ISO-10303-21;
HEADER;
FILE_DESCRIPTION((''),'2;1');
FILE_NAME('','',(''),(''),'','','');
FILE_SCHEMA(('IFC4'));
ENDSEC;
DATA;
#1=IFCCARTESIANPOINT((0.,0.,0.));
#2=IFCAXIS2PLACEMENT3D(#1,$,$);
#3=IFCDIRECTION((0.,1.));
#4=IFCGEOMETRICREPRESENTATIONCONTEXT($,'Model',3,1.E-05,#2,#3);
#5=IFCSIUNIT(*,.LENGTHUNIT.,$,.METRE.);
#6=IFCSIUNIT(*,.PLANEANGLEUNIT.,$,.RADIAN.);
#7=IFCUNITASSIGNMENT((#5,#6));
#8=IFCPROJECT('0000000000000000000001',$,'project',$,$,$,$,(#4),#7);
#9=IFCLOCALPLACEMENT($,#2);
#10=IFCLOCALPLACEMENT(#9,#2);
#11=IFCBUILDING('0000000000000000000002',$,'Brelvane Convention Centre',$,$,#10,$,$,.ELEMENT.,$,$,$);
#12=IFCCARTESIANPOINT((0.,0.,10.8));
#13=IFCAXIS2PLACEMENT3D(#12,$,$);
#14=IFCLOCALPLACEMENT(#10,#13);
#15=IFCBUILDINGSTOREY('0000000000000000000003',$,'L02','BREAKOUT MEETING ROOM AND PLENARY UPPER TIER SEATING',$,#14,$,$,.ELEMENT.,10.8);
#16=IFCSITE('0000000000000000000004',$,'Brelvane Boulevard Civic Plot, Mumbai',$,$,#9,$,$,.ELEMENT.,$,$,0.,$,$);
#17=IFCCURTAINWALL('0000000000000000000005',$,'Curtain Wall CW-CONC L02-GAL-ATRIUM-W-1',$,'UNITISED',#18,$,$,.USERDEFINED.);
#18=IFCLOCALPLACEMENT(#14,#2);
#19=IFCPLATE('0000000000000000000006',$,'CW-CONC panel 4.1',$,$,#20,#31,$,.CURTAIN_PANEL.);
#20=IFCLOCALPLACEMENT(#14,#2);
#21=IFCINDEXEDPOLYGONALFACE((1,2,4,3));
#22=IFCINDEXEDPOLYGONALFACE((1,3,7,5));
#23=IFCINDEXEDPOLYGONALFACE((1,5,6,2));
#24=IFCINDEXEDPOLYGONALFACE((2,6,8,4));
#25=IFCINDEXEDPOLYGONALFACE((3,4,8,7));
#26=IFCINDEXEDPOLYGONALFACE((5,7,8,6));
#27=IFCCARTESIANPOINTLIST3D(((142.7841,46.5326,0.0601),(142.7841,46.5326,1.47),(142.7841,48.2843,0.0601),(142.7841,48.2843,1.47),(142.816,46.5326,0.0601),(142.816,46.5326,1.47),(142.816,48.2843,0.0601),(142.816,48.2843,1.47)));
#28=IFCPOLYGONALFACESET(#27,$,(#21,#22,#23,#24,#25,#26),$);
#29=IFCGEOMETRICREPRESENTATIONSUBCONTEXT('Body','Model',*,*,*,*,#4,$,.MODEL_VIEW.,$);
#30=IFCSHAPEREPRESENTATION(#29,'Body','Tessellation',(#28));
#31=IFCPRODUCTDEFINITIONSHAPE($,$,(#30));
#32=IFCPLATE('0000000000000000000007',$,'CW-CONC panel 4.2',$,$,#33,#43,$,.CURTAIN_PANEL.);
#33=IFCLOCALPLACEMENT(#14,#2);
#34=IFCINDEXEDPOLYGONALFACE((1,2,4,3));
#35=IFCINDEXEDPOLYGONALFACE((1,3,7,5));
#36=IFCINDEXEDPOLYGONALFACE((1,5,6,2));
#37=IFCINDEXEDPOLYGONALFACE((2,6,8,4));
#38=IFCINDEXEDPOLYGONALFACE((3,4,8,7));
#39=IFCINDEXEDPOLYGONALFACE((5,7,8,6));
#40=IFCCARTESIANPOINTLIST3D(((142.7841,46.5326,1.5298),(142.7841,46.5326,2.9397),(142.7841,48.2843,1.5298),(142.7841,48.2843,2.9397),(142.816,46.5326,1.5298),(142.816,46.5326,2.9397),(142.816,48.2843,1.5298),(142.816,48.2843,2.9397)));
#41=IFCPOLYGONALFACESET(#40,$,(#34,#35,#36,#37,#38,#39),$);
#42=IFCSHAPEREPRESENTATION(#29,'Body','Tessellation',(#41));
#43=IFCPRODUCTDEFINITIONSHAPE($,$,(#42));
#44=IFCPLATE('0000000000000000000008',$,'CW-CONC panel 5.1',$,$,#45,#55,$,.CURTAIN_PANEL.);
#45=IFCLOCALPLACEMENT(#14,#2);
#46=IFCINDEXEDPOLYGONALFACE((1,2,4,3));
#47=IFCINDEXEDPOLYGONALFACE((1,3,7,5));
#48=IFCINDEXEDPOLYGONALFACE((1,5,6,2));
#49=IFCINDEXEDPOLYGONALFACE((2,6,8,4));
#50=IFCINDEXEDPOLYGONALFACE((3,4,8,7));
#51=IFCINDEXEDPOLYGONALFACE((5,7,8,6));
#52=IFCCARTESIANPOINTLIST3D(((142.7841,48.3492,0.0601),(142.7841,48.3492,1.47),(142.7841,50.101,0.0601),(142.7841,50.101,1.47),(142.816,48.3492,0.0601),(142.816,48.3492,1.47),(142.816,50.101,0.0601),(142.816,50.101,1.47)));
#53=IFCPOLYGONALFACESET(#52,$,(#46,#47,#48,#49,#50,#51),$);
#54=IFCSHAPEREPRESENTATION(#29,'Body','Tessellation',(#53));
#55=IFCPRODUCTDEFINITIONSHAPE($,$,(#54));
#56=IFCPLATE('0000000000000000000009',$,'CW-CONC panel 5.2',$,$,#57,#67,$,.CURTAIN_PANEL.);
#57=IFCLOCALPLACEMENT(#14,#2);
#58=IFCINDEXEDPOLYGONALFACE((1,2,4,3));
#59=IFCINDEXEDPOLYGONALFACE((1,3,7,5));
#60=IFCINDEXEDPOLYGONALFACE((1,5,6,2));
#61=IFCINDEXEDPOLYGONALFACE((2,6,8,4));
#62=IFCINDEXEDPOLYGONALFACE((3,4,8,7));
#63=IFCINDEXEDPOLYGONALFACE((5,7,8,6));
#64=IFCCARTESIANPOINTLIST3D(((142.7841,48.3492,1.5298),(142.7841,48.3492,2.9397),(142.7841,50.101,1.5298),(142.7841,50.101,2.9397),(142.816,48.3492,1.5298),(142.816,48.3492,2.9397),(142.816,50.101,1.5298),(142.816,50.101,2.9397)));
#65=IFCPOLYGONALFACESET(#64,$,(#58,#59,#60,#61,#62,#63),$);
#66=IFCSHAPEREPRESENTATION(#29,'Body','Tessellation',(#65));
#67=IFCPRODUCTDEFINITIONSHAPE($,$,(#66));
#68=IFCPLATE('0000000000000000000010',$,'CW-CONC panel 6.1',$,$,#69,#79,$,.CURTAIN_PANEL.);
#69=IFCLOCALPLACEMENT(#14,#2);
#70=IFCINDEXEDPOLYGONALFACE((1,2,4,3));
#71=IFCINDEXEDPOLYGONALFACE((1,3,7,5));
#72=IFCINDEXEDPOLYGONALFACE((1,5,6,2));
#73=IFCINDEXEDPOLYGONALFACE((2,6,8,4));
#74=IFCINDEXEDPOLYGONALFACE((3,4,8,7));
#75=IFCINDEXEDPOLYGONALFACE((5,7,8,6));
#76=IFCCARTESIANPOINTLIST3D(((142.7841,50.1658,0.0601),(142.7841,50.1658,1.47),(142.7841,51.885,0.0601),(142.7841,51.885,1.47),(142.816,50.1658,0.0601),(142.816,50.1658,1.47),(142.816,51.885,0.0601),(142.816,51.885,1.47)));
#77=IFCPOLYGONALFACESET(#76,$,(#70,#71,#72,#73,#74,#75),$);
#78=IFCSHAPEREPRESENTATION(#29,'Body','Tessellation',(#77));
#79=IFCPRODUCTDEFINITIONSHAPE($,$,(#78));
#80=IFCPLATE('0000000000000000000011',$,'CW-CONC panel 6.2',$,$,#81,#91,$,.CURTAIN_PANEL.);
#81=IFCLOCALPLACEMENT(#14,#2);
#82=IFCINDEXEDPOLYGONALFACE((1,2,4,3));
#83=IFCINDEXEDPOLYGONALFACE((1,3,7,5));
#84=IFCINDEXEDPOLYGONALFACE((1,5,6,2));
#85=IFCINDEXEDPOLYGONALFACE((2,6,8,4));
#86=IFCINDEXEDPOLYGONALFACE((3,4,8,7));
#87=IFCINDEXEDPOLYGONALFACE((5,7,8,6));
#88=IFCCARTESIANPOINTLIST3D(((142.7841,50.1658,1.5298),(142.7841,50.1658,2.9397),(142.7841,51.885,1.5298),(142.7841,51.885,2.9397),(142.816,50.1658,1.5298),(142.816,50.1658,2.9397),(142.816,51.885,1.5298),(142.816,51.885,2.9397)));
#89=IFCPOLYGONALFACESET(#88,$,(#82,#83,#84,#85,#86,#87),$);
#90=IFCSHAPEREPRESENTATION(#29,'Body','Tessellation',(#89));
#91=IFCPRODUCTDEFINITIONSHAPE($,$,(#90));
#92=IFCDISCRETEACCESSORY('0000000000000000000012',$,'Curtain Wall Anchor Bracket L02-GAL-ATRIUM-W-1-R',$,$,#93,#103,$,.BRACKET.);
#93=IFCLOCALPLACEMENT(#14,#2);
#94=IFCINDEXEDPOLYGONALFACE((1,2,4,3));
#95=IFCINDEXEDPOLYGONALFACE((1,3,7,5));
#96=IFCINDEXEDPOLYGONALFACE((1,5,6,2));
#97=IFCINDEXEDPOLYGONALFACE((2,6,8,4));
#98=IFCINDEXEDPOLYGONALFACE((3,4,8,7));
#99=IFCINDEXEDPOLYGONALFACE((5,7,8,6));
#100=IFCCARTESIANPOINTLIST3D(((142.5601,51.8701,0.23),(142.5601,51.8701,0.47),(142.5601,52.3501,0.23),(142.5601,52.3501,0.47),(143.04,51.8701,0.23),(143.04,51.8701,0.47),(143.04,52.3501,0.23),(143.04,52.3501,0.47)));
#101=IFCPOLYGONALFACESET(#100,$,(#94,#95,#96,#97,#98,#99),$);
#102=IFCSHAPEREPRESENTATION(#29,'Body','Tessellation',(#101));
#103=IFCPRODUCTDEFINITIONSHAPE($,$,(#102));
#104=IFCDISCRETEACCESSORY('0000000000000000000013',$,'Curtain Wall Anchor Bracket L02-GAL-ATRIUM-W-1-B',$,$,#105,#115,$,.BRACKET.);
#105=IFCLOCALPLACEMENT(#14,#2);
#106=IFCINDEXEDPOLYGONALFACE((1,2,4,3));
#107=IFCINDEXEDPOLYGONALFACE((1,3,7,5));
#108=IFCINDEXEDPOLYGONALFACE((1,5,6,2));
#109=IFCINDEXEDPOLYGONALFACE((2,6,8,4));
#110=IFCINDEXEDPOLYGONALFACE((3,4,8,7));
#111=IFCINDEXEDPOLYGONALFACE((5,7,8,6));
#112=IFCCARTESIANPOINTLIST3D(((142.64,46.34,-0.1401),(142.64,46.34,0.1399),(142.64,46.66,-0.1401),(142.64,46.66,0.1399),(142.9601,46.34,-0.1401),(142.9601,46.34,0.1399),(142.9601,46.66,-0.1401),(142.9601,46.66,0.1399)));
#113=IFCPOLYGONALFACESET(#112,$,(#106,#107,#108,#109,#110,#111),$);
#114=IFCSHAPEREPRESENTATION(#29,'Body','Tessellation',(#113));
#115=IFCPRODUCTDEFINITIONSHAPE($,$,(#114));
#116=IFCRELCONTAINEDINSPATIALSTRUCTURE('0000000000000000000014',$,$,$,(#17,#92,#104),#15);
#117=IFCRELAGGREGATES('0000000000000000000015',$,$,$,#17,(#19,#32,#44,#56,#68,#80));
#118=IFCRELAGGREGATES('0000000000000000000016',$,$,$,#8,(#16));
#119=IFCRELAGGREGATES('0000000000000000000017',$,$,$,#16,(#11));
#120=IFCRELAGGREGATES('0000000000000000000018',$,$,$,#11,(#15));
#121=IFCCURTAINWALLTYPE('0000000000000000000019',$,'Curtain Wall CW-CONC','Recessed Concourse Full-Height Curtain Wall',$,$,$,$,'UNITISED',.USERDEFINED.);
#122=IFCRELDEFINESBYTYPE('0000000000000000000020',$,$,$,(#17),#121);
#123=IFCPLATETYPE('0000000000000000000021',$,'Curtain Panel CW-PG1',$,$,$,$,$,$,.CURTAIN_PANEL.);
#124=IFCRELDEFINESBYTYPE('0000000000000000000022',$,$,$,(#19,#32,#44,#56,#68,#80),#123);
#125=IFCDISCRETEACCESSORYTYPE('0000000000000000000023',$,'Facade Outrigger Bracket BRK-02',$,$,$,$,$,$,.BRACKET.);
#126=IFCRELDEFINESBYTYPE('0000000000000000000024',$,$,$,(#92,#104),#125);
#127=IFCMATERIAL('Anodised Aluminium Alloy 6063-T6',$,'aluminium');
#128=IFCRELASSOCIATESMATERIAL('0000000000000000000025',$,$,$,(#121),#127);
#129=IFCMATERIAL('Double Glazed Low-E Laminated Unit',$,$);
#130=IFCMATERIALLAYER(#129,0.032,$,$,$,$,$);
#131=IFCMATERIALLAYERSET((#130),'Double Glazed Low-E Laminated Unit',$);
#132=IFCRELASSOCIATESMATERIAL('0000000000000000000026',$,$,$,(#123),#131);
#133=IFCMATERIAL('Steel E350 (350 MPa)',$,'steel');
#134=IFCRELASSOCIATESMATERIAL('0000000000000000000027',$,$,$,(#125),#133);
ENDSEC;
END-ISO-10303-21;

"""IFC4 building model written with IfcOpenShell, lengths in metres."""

from ifc_helpers import new_model, si_unit, direction, frame, origin, origin_2d, place, context, subcontext, project, spatial, rectangle, extrude, material, layer, layer_set, type_object, element, aggregate, save


model = new_model("IFC4")

# Units and contexts
model_context = context("Model", 3, precision=1e-05, world=origin(), true_north=direction((0.0, 1.0)))
body_context = subcontext(model_context, "Body", "Model", "MODEL_VIEW")
ifc_project = project(units=[si_unit("LENGTHUNIT", "METRE"), si_unit("PLANEANGLEUNIT", "RADIAN")], contexts=[model_context])

# Site, building, storey
site_placement = place(None, origin())
site = spatial("IfcSite", under=ifc_project, at=site_placement, Name="Brelvane Boulevard Civic Plot, Mumbai", CompositionType="ELEMENT", RefElevation=0.0)
building_placement = place(site_placement, origin())
building = spatial("IfcBuilding", under=site, at=building_placement, Name="Brelvane Convention Centre", CompositionType="ELEMENT")
storey_placement = place(building_placement, frame((0.0, 0.0, 10.8)))
storey = spatial("IfcBuildingStorey", under=building, at=storey_placement, Name="L02", Description="BREAKOUT MEETING ROOM AND PLENARY UPPER TIER SEATING", CompositionType="ELEMENT", Elevation=10.8)

# Curtain wall, plates
ifc_material_1 = material(Name="Anodised Aluminium Alloy 6063-T6", Category="aluminium")
curtain_wall_type = type_object("IfcCurtainWallType", Name="Curtain Wall CW-CONC", Description="Recessed Concourse Full-Height Curtain Wall", ElementType="UNITISED", PredefinedType="USERDEFINED", material=ifc_material_1)
curtain_wall_placement = place(storey_placement, origin())
curtain_wall = element("IfcCurtainWall", 1, at=curtain_wall_placement, inside=storey, type_object=curtain_wall_type, Name="Curtain Wall CW-CONC L02-GAL-ATRIUM-W-1", ObjectType="UNITISED", PredefinedType="USERDEFINED")
ifc_material_2 = material(Name="Double Glazed Low-E Laminated Unit")
ifc_layer = layer(ifc_material_2, 0.032)
ifc_layer_set = layer_set([ifc_layer], Name="Double Glazed Low-E Laminated Unit")
plate_type = type_object("IfcPlateType", Name="Curtain Panel CW-PG1", PredefinedType="CURTAIN_PANEL", material=ifc_layer_set)
plate_1_placement = place(storey_placement, frame((142.8, 47.4084, 0.0601), z_axis=(0.0, 0.0, 1.0), x_axis=(0.0, 1.0, 0.0)))
plate_1 = element("IfcPlate", 2, at=plate_1_placement, type_object=plate_type, Name="CW-CONC panel 4.1", PredefinedType="CURTAIN_PANEL", context=body_context, shape_type="SweptSolid", body=[
    extrude(rectangle(XDim=1.7517, YDim=0.032, at=origin_2d()), origin(), (0.0, 0.0, 1.0), 1.4099),
])
plate_2_placement = place(storey_placement, frame((142.8, 47.4084, 1.5298), z_axis=(0.0, 0.0, 1.0), x_axis=(0.0, 1.0, 0.0)))
plate_2 = element("IfcPlate", 3, at=plate_2_placement, type_object=plate_type, Name="CW-CONC panel 4.2", PredefinedType="CURTAIN_PANEL", context=body_context, shape_type="SweptSolid", body=[
    extrude(rectangle(XDim=1.7517, YDim=0.032, at=origin_2d()), origin(), (0.0, 0.0, 1.0), 1.4099),
])
plate_3_placement = place(storey_placement, frame((142.8, 49.2251, 0.0601), z_axis=(0.0, 0.0, 1.0), x_axis=(0.0, 1.0, 0.0)))
plate_3 = element("IfcPlate", 4, at=plate_3_placement, type_object=plate_type, Name="CW-CONC panel 5.1", PredefinedType="CURTAIN_PANEL", context=body_context, shape_type="SweptSolid", body=[
    extrude(rectangle(XDim=1.7517, YDim=0.032, at=origin_2d()), origin(), (0.0, 0.0, 1.0), 1.4099),
])
plate_4_placement = place(storey_placement, frame((142.8, 49.2251, 1.5298), z_axis=(0.0, 0.0, 1.0), x_axis=(0.0, 1.0, 0.0)))
plate_4 = element("IfcPlate", 5, at=plate_4_placement, type_object=plate_type, Name="CW-CONC panel 5.2", PredefinedType="CURTAIN_PANEL", context=body_context, shape_type="SweptSolid", body=[
    extrude(rectangle(XDim=1.7517, YDim=0.032, at=origin_2d()), origin(), (0.0, 0.0, 1.0), 1.4099),
])
plate_5_placement = place(storey_placement, frame((142.8, 51.0254, 0.0601), z_axis=(0.0, 0.0, 1.0), x_axis=(0.0, 1.0, 0.0)))
plate_5 = element("IfcPlate", 6, at=plate_5_placement, type_object=plate_type, Name="CW-CONC panel 6.1", PredefinedType="CURTAIN_PANEL", context=body_context, shape_type="SweptSolid", body=[
    extrude(rectangle(XDim=1.7192, YDim=0.032, at=origin_2d()), origin(), (0.0, 0.0, 1.0), 1.4099),
])
plate_6_placement = place(storey_placement, frame((142.8, 51.0254, 1.5298), z_axis=(0.0, 0.0, 1.0), x_axis=(0.0, 1.0, 0.0)))
plate_6 = element("IfcPlate", 7, at=plate_6_placement, type_object=plate_type, Name="CW-CONC panel 6.2", PredefinedType="CURTAIN_PANEL", context=body_context, shape_type="SweptSolid", body=[
    extrude(rectangle(XDim=1.7192, YDim=0.032, at=origin_2d()), origin(), (0.0, 0.0, 1.0), 1.4099),
])
aggregate(curtain_wall, [plate_1, plate_2, plate_3, plate_4, plate_5, plate_6])

# Discrete accessories
ifc_material_3 = material(Name="Steel E350 (350 MPa)", Category="steel")
discrete_accessory_type = type_object("IfcDiscreteAccessoryType", Name="Facade Outrigger Bracket BRK-02", PredefinedType="BRACKET", material=ifc_material_3)
discrete_accessory_1_placement = place(storey_placement, frame((142.8, 52.1101, 0.23), z_axis=(0.0, 0.0, 1.0), x_axis=(1.0, 0.0, 0.0)))
element("IfcDiscreteAccessory", 8, at=discrete_accessory_1_placement, inside=storey, type_object=discrete_accessory_type, Name="Curtain Wall Anchor Bracket L02-GAL-ATRIUM-W-1-R", PredefinedType="BRACKET", context=body_context, shape_type="SweptSolid", body=[
    extrude(rectangle(XDim=0.48, YDim=0.48, at=origin_2d()), origin(), (0.0, 0.0, 1.0), 0.24),
])
discrete_accessory_2_placement = place(storey_placement, frame((142.8, 46.5, -0.1401), z_axis=(0.0, 0.0, 1.0), x_axis=(1.0, 0.0, 0.0)))
element("IfcDiscreteAccessory", 9, at=discrete_accessory_2_placement, inside=storey, type_object=discrete_accessory_type, Name="Curtain Wall Anchor Bracket L02-GAL-ATRIUM-W-1-B", PredefinedType="BRACKET", context=body_context, shape_type="SweptSolid", body=[
    extrude(rectangle(XDim=0.3201, YDim=0.3201, at=origin_2d()), origin(), (0.0, 0.0, 1.0), 0.28),
])

save(model, "model.ifc")
